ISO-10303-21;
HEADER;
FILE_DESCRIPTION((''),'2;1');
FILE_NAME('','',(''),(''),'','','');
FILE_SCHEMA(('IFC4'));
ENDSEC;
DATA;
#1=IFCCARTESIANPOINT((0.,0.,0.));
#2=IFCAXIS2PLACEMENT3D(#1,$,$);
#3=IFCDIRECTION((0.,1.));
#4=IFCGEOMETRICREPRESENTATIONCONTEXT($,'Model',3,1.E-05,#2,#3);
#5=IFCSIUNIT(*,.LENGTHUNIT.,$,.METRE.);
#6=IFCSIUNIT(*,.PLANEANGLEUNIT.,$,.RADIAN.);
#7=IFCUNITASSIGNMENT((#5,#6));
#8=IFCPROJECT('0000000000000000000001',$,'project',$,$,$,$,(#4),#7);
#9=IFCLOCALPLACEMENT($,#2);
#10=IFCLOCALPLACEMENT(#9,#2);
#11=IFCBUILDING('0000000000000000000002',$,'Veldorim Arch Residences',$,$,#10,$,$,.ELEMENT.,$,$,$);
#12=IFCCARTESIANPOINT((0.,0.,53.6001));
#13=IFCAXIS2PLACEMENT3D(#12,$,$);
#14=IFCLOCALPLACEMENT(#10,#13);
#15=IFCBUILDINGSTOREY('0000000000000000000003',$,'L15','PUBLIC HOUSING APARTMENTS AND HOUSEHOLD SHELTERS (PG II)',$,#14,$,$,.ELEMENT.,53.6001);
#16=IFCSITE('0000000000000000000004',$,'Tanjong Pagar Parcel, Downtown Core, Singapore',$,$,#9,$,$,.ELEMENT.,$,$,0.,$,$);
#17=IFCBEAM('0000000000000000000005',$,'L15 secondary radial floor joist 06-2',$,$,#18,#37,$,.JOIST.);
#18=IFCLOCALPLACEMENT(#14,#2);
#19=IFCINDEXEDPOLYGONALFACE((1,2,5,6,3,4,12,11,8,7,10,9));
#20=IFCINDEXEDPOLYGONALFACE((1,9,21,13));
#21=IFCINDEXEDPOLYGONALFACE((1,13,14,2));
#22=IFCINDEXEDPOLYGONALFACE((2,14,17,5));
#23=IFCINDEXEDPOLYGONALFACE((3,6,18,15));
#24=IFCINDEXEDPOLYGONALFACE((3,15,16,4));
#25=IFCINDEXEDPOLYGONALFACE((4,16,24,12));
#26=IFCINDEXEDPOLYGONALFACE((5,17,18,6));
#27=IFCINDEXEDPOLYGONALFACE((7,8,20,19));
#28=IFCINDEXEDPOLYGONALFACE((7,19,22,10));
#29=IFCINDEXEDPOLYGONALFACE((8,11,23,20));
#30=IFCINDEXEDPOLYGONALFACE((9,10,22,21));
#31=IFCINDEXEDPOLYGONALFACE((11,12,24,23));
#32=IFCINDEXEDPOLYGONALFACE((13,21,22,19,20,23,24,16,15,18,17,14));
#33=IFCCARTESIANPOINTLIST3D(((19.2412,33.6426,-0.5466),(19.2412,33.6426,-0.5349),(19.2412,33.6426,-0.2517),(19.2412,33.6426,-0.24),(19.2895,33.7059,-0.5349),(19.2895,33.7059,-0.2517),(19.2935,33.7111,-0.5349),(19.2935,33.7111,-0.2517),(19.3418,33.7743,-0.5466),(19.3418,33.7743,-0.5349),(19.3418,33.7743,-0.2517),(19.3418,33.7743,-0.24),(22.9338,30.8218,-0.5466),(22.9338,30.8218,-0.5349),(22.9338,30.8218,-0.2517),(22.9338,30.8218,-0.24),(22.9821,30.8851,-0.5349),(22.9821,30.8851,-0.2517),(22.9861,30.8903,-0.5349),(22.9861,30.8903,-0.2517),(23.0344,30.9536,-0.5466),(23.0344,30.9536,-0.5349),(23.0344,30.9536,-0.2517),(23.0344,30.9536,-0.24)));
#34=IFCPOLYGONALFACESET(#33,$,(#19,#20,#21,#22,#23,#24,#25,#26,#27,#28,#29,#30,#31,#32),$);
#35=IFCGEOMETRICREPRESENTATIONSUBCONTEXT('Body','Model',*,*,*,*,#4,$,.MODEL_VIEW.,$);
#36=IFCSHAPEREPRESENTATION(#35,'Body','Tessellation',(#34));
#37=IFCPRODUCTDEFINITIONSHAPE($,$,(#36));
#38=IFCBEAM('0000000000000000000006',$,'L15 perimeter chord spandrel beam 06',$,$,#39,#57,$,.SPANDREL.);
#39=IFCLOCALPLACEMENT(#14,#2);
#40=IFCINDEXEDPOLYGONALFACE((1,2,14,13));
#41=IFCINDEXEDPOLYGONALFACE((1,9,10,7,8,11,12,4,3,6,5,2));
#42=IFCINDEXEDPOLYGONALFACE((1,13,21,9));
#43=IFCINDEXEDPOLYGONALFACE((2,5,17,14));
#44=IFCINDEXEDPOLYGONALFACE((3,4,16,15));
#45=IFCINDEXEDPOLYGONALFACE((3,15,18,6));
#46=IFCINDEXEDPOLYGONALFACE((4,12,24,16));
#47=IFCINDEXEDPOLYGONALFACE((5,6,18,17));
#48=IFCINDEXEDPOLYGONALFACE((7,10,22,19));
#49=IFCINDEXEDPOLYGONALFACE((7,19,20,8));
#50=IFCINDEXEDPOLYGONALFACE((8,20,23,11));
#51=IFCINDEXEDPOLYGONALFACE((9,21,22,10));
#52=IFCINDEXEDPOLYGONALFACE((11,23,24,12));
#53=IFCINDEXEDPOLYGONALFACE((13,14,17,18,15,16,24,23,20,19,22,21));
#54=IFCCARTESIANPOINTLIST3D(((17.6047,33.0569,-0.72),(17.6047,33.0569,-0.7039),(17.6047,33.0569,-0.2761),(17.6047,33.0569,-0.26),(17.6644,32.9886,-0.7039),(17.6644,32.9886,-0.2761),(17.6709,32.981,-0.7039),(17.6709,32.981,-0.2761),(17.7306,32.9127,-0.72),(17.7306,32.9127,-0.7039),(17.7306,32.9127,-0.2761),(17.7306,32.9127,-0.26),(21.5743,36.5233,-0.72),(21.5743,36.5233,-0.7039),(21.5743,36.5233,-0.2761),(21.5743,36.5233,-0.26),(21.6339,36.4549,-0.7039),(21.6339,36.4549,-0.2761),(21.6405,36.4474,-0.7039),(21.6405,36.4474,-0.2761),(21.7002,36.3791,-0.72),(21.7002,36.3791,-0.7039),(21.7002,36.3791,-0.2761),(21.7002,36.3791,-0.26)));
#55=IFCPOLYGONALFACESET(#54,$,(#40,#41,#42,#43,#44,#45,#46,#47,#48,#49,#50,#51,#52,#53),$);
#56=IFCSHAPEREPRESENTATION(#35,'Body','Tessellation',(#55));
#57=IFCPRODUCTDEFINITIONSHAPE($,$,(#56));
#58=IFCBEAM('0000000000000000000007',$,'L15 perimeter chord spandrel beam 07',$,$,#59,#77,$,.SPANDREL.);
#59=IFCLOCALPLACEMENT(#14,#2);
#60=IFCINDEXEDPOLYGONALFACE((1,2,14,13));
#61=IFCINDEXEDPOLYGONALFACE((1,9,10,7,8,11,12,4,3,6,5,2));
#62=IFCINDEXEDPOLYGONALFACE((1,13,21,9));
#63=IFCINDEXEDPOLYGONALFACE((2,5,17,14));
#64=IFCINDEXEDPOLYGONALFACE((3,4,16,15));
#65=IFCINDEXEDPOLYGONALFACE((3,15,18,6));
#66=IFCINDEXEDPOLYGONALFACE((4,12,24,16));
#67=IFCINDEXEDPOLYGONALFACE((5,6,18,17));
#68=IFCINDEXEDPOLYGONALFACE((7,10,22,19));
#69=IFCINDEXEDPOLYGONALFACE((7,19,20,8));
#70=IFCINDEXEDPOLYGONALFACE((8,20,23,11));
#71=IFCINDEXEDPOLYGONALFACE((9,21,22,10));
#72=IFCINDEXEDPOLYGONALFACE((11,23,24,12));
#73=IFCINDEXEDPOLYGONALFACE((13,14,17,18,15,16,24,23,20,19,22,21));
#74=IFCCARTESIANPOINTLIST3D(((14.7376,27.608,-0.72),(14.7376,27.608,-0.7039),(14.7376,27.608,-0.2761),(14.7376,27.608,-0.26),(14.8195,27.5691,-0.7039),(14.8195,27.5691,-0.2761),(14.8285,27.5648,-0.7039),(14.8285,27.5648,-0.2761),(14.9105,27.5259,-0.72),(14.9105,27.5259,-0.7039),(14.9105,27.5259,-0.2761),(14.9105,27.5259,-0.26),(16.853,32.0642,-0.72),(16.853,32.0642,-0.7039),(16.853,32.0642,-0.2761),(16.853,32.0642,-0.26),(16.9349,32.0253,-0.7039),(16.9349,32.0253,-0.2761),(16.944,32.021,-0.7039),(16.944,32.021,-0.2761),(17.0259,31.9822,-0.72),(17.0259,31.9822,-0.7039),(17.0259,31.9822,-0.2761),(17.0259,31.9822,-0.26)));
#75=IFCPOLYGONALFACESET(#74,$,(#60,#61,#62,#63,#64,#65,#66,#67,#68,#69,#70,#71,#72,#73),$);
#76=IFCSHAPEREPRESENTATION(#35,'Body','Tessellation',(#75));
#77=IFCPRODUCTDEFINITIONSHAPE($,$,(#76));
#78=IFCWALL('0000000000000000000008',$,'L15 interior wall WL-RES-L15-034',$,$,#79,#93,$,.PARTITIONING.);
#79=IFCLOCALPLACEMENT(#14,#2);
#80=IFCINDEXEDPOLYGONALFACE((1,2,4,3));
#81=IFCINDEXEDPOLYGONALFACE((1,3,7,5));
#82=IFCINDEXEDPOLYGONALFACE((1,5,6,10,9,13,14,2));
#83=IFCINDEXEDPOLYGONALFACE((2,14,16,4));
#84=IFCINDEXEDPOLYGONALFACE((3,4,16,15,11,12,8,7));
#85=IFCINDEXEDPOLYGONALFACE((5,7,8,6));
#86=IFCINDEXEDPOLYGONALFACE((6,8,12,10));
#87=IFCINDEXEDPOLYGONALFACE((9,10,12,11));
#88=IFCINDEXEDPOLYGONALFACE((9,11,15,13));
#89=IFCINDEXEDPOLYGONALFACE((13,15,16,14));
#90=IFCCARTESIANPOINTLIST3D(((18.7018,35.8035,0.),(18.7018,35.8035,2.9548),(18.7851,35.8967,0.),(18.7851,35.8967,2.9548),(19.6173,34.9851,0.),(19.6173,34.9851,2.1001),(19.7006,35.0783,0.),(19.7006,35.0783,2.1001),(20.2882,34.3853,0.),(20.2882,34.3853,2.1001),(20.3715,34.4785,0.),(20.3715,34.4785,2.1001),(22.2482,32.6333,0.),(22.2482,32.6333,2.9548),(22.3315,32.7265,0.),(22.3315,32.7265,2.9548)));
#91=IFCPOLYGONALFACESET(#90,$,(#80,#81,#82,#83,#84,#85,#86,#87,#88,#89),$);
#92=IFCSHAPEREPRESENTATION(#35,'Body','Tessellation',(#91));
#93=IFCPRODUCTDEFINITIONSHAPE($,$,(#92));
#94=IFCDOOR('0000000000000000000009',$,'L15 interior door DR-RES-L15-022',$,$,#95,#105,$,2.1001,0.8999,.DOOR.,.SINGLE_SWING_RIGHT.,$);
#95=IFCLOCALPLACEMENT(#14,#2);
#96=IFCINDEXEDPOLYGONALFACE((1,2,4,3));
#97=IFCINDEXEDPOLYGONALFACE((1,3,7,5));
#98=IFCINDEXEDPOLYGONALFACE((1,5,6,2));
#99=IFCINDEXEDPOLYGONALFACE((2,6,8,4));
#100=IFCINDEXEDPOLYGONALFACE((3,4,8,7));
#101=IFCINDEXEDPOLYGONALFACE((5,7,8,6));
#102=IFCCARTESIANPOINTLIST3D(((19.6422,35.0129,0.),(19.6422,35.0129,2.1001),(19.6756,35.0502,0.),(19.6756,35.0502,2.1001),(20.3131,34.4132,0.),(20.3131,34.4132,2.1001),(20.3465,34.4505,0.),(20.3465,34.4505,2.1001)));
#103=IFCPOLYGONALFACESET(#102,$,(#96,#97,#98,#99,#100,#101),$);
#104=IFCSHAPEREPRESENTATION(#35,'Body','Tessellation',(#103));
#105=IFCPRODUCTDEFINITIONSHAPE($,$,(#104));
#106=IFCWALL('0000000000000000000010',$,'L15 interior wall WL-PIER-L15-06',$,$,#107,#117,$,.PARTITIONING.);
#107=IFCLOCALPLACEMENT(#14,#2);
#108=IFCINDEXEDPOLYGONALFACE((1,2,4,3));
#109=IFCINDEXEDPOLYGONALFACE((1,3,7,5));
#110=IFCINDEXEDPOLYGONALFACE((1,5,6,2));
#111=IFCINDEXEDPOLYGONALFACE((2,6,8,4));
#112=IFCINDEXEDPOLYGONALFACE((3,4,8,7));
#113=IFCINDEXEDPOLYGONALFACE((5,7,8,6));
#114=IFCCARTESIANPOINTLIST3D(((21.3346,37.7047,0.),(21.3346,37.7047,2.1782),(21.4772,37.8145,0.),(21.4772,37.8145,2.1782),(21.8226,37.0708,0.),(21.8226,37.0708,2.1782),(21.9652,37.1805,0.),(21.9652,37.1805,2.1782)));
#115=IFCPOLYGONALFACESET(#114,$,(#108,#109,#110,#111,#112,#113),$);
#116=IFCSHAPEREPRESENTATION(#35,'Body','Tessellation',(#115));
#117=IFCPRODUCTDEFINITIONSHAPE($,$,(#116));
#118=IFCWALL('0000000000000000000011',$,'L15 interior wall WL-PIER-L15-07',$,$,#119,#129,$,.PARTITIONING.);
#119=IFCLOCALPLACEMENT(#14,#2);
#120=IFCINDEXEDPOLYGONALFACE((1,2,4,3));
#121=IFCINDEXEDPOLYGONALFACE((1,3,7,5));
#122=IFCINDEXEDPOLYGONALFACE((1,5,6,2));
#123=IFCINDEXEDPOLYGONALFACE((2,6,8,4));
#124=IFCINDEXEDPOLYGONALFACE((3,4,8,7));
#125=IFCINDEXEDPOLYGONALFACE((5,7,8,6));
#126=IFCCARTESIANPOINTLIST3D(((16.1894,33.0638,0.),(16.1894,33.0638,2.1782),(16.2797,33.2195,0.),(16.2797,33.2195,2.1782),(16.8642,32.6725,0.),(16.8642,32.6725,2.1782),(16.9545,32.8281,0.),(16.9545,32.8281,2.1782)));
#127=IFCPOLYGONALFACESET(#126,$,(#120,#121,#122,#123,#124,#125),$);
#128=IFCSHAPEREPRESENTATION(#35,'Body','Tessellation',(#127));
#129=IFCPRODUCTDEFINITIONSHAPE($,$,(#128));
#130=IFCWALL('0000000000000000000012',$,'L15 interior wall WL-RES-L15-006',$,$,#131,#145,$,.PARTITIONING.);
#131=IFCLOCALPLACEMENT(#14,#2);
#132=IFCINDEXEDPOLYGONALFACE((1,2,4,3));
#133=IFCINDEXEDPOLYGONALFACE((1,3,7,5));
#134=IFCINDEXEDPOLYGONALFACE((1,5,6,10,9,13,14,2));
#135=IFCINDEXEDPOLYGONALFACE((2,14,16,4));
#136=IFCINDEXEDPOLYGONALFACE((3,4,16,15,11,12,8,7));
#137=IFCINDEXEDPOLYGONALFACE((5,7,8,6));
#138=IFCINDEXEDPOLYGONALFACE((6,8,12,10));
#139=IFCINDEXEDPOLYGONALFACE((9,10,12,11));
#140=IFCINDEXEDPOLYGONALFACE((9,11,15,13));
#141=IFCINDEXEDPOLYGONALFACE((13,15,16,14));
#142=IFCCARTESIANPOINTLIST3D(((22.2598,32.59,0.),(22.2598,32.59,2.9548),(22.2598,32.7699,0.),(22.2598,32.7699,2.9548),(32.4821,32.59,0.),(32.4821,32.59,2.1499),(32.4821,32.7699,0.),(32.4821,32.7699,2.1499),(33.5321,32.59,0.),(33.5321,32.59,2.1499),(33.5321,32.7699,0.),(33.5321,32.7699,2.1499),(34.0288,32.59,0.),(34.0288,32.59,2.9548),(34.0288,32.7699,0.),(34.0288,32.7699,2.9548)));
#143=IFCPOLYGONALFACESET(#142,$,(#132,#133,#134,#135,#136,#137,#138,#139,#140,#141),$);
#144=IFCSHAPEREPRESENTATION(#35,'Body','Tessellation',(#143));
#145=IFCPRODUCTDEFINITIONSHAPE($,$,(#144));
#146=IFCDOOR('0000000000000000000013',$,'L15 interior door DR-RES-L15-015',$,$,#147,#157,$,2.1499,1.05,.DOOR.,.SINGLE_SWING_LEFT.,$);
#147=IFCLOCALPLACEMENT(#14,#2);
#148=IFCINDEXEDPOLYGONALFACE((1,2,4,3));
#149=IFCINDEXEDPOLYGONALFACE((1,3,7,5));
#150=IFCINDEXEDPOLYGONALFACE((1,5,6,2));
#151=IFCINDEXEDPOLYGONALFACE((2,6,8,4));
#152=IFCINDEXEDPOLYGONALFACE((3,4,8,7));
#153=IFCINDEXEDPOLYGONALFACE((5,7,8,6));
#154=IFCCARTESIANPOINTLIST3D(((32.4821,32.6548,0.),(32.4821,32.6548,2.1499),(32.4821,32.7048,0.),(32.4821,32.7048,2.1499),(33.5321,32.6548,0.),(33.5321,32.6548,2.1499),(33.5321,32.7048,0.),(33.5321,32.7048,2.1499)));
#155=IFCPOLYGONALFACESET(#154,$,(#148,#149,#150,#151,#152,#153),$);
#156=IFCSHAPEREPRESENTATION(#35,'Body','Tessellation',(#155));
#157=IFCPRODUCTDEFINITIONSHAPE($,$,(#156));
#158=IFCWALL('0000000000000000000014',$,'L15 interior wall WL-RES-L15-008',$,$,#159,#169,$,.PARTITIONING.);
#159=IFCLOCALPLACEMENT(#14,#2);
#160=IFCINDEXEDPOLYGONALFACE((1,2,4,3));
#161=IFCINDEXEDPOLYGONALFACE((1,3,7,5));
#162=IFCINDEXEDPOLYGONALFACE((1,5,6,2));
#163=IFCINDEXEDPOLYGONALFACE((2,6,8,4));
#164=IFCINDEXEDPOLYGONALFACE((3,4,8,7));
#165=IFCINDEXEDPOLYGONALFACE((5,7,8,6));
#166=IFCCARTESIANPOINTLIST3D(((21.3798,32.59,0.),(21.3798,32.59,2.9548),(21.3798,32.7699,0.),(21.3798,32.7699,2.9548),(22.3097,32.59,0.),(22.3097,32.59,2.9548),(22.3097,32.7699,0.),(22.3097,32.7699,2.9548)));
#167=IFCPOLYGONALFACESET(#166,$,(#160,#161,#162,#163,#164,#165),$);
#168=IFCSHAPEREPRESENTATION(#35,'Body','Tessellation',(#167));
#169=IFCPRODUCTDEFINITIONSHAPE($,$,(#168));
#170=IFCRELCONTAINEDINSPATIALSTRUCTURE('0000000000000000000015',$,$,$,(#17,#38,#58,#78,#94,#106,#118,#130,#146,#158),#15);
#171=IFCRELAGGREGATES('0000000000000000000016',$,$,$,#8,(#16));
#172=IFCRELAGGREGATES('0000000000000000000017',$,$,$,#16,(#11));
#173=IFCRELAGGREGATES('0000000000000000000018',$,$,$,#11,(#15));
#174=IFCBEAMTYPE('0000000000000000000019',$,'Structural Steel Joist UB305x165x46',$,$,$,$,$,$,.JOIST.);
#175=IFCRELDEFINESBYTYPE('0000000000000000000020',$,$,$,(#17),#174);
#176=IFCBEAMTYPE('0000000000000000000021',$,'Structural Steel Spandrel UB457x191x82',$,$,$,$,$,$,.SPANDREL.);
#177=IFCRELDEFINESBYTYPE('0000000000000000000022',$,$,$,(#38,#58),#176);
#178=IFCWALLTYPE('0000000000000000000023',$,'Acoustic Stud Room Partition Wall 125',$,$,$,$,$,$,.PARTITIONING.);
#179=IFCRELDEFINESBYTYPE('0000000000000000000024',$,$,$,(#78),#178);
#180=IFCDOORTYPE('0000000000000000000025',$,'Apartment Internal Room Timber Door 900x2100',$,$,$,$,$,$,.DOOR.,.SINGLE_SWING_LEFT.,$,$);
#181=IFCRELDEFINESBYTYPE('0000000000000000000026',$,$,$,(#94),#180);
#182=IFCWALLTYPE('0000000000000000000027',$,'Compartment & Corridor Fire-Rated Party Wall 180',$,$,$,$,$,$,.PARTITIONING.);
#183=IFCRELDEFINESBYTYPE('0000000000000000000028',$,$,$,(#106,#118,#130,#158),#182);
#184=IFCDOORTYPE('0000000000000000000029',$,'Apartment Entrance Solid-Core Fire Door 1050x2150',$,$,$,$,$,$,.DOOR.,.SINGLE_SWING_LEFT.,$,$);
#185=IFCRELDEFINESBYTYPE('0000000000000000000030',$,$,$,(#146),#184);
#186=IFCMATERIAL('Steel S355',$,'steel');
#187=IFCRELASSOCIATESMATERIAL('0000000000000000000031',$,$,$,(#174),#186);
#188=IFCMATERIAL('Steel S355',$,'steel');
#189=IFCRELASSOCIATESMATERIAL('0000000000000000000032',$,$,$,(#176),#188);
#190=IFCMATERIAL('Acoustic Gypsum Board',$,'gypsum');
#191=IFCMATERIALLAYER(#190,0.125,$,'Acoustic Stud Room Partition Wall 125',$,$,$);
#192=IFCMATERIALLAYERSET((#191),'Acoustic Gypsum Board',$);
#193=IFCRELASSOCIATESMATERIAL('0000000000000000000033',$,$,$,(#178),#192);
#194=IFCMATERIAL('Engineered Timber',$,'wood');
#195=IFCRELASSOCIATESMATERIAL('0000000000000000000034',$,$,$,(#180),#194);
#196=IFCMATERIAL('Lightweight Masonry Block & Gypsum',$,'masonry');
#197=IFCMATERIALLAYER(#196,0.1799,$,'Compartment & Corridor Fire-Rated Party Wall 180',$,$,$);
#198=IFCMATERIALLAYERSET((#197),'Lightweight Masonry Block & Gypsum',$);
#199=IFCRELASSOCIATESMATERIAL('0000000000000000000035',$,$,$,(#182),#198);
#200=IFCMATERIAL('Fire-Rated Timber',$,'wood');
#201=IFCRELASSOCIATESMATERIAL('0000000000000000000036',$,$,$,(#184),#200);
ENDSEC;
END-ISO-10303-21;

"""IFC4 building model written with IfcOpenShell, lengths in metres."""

from ifc_helpers import new_model, si_unit, direction, frame, frame_2d, origin, origin_2d, place, context, subcontext, project, spatial, rectangle, i_section, extrude, material, layer, layer_set, material_profile, profile_set, type_object, element, fill, save


model = new_model("IFC4")

# Units and contexts
model_context = context("Model", 3, precision=1e-05, world=origin(), true_north=direction((0.0, 1.0)))
body_context = subcontext(model_context, "Body", "Model", "MODEL_VIEW")
ifc_project = project(units=[si_unit("LENGTHUNIT", "METRE"), si_unit("PLANEANGLEUNIT", "RADIAN")], contexts=[model_context])

# Site, building, storey
site_placement = place(None, origin())
site = spatial("IfcSite", under=ifc_project, at=site_placement, Name="Tanjong Pagar Parcel, Downtown Core, Singapore", CompositionType="ELEMENT", RefElevation=0.0)
building_placement = place(site_placement, origin())
building = spatial("IfcBuilding", under=site, at=building_placement, Name="Veldorim Arch Residences", CompositionType="ELEMENT")
storey_placement = place(building_placement, frame((0.0, 0.0, 53.6001)))
storey = spatial("IfcBuildingStorey", under=building, at=storey_placement, Name="L15", Description="PUBLIC HOUSING APARTMENTS AND HOUSEHOLD SHELTERS (PG II)", CompositionType="ELEMENT", Elevation=53.6001)

# Beams
ifc_material_1 = material(Name="Steel S355", Category="steel")
ifc_material_profile_1 = material_profile(ifc_material_1, i_section(OverallWidth=0.1658, OverallDepth=0.3066, WebThickness=0.0066, FlangeThickness=0.0117, at=origin_2d()), Name="UB305x165x46")
ifc_profile_set_1 = profile_set([ifc_material_profile_1], Name="Steel S355")
beam_type_1 = type_object("IfcBeamType", Name="Structural Steel Joist UB305x165x46", PredefinedType="JOIST", material=ifc_profile_set_1)
beam_1_placement = place(storey_placement, frame((22.9841, 30.8877, -0.3933), z_axis=(-0.794666, 0.607046, 0.0), x_axis=(-0.607046, -0.794666, 0.0)))
element("IfcBeam", 1, at=beam_1_placement, inside=storey, type_object=beam_type_1, Name="L15 secondary radial floor joist 06-2", PredefinedType="JOIST", context=body_context, shape_type="SweptSolid", body=[
    extrude(i_section(OverallWidth=0.1658, OverallDepth=0.3066, WebThickness=0.0066, FlangeThickness=0.0117, at=origin_2d()), origin(), (0.0, 0.0, 1.0), 4.6467),
])
ifc_material_2 = material(Name="Steel S355", Category="steel")
ifc_material_profile_2 = material_profile(ifc_material_2, i_section(OverallWidth=0.1914, OverallDepth=0.46, WebThickness=0.01, FlangeThickness=0.0161, at=origin_2d()), Name="UB457x191x82")
ifc_profile_set_2 = profile_set([ifc_material_profile_2], Name="Steel S355")
beam_type_2 = type_object("IfcBeamType", Name="Structural Steel Spandrel UB457x191x82", PredefinedType="SPANDREL", material=ifc_profile_set_2)
beam_2_placement = place(storey_placement, frame((21.6372, 36.4512, -0.49), z_axis=(-0.753234, -0.657753, 0.0), x_axis=(0.657753, -0.753234, 0.0)))
element("IfcBeam", 2, at=beam_2_placement, inside=storey, type_object=beam_type_2, Name="L15 perimeter chord spandrel beam 06", PredefinedType="SPANDREL", context=body_context, shape_type="SweptSolid", body=[
    extrude(i_section(OverallWidth=0.1914, OverallDepth=0.46, WebThickness=0.01, FlangeThickness=0.0161, at=origin_2d()), origin(), (0.0, 0.0, 1.0), 5.27),
])
beam_3_placement = place(storey_placement, frame((16.9395, 32.0232, -0.49), z_axis=(-0.428848, -0.903377, 0.0), x_axis=(0.903377, -0.428848, 0.0)))
element("IfcBeam", 3, at=beam_3_placement, inside=storey, type_object=beam_type_2, Name="L15 perimeter chord spandrel beam 07", PredefinedType="SPANDREL", context=body_context, shape_type="SweptSolid", body=[
    extrude(i_section(OverallWidth=0.1914, OverallDepth=0.46, WebThickness=0.01, FlangeThickness=0.0161, at=origin_2d()), origin(), (0.0, 0.0, 1.0), 4.9329),
])

# Wall, opening, door
ifc_material_3 = material(Name="Acoustic Gypsum Board", Category="gypsum")
ifc_layer_1 = layer(ifc_material_3, 0.125, Name="Acoustic Stud Room Partition Wall 125")
ifc_layer_set_1 = layer_set([ifc_layer_1], Name="Acoustic Gypsum Board")
wall_type_1 = type_object("IfcWallType", Name="Acoustic Stud Room Partition Wall 125", PredefinedType="PARTITIONING", material=ifc_layer_set_1)
wall_1_placement = place(storey_placement, frame((18.7434, 35.8501, 0.0), z_axis=(0.0, 0.0, 1.0), x_axis=(0.745546, -0.666454, 0.0)))
wall_1 = element("IfcWall", 4, at=wall_1_placement, inside=storey, type_object=wall_type_1, Name="L15 interior wall WL-RES-L15-034", PredefinedType="PARTITIONING", context=body_context, shape_type="SweptSolid", body=[
    extrude(rectangle(XDim=4.7568, YDim=0.125, at=frame_2d((2.3784, 0.0))), origin(), (0.0, 0.0, 1.0), 2.9548),
])
opening_1_placement = place(wall_1_placement, frame((1.228, 0.0, 0.0)))
opening_1 = element("IfcOpeningElement", 5, at=opening_1_placement, cuts=wall_1, PredefinedType="OPENING", context=body_context, shape_type="SweptSolid", body=[
    extrude(rectangle(XDim=0.8999, YDim=2.1001, at=frame_2d((0.45, 1.05))), frame((0.0, 0.0725, 0.0), z_axis=(0.0, -1.0, 0.0), x_axis=(1.0, 0.0, 0.0)), (0.0, 0.0, 1.0), 0.145),
])
ifc_material_4 = material(Name="Engineered Timber", Category="wood")
door_type_1 = type_object("IfcDoorType", Name="Apartment Internal Room Timber Door 900x2100", OperationType="SINGLE_SWING_LEFT", PredefinedType="DOOR", material=ifc_material_4)
door_1_placement = place(opening_1_placement, origin())
door_1 = element("IfcDoor", 6, at=door_1_placement, inside=storey, type_object=door_type_1, Name="L15 interior door DR-RES-L15-022", OperationType="SINGLE_SWING_RIGHT", OverallHeight=2.1001, OverallWidth=0.8999, PredefinedType="DOOR", context=body_context, shape_type="SweptSolid", body=[
    extrude(rectangle(XDim=0.8999, YDim=2.1001, at=frame_2d((0.45, 1.05))), frame((0.0, 0.0249, 0.0), z_axis=(0.0, -1.0, 0.0), x_axis=(1.0, 0.0, 0.0)), (0.0, 0.0, 1.0), 0.05),
])
fill(opening_1, door_1)

# Walls
ifc_material_5 = material(Name="Lightweight Masonry Block & Gypsum", Category="masonry")
ifc_layer_2 = layer(ifc_material_5, 0.1799, Name="Compartment & Corridor Fire-Rated Party Wall 180")
ifc_layer_set_2 = layer_set([ifc_layer_2], Name="Lightweight Masonry Block & Gypsum")
wall_type_2 = type_object("IfcWallType", Name="Compartment & Corridor Fire-Rated Party Wall 180", PredefinedType="PARTITIONING", material=ifc_layer_set_2)
wall_2_placement = place(storey_placement, frame((21.8938, 37.1257, 0.0), z_axis=(0.0, 0.0, 1.0), x_axis=(-0.609961, 0.792431, 0.0)))
element("IfcWall", 7, at=wall_2_placement, inside=storey, type_object=wall_type_2, Name="L15 interior wall WL-PIER-L15-06", PredefinedType="PARTITIONING", context=body_context, shape_type="SweptSolid", body=[
    extrude(rectangle(XDim=0.8, YDim=0.1799, at=frame_2d((0.3999, 0.0))), origin(), (0.0, 0.0, 1.0), 2.1782),
])
wall_3_placement = place(storey_placement, frame((16.9094, 32.7502, 0.0), z_axis=(0.0, 0.0, 1.0), x_axis=(-0.865047, 0.50169, 0.0)))
element("IfcWall", 8, at=wall_3_placement, inside=storey, type_object=wall_type_2, Name="L15 interior wall WL-PIER-L15-07", PredefinedType="PARTITIONING", context=body_context, shape_type="SweptSolid", body=[
    extrude(rectangle(XDim=0.78, YDim=0.1799, at=frame_2d((0.3901, 0.0))), origin(), (0.0, 0.0, 1.0), 2.1782),
])

# Wall, opening, door
wall_4_placement = place(storey_placement, frame((22.2598, 32.6799, 0.0), z_axis=(0.0, 0.0, 1.0), x_axis=(1.0, 0.0, 0.0)))
wall_4 = element("IfcWall", 9, at=wall_4_placement, inside=storey, type_object=wall_type_2, Name="L15 interior wall WL-RES-L15-006", PredefinedType="PARTITIONING", context=body_context, shape_type="SweptSolid", body=[
    extrude(rectangle(XDim=11.769, YDim=0.1799, at=frame_2d((5.8845, 0.0))), origin(), (0.0, 0.0, 1.0), 2.9548),
])
opening_2_placement = place(wall_4_placement, frame((10.2224, 0.0, 0.0)))
opening_2 = element("IfcOpeningElement", 10, at=opening_2_placement, cuts=wall_4, PredefinedType="OPENING", context=body_context, shape_type="SweptSolid", body=[
    extrude(rectangle(XDim=1.05, YDim=2.1499, at=frame_2d((0.5249, 1.075))), frame((0.0, 0.0999, 0.0), z_axis=(0.0, -1.0, 0.0), x_axis=(1.0, 0.0, 0.0)), (0.0, 0.0, 1.0), 0.2),
])
ifc_material_6 = material(Name="Fire-Rated Timber", Category="wood")
door_type_2 = type_object("IfcDoorType", Name="Apartment Entrance Solid-Core Fire Door 1050x2150", OperationType="SINGLE_SWING_LEFT", PredefinedType="DOOR", material=ifc_material_6)
door_2_placement = place(opening_2_placement, origin())
door_2 = element("IfcDoor", 11, at=door_2_placement, inside=storey, type_object=door_type_2, Name="L15 interior door DR-RES-L15-015", OperationType="SINGLE_SWING_LEFT", OverallHeight=2.1499, OverallWidth=1.05, PredefinedType="DOOR", context=body_context, shape_type="SweptSolid", body=[
    extrude(rectangle(XDim=1.05, YDim=2.1499, at=frame_2d((0.5249, 1.075))), frame((0.0, 0.0249, 0.0), z_axis=(0.0, -1.0, 0.0), x_axis=(1.0, 0.0, 0.0)), (0.0, 0.0, 1.0), 0.05),
])
fill(opening_2, door_2)

# Wall
wall_5_placement = place(storey_placement, frame((21.3799, 32.6799, 0.0), z_axis=(0.0, 0.0, 1.0), x_axis=(1.0, 0.0, 0.0)))
element("IfcWall", 12, at=wall_5_placement, inside=storey, type_object=wall_type_2, Name="L15 interior wall WL-RES-L15-008", PredefinedType="PARTITIONING", context=body_context, shape_type="SweptSolid", body=[
    extrude(rectangle(XDim=0.9299, YDim=0.1799, at=frame_2d((0.4648, 0.0))), origin(), (0.0, 0.0, 1.0), 2.9548),
])

save(model, "model.ifc")
